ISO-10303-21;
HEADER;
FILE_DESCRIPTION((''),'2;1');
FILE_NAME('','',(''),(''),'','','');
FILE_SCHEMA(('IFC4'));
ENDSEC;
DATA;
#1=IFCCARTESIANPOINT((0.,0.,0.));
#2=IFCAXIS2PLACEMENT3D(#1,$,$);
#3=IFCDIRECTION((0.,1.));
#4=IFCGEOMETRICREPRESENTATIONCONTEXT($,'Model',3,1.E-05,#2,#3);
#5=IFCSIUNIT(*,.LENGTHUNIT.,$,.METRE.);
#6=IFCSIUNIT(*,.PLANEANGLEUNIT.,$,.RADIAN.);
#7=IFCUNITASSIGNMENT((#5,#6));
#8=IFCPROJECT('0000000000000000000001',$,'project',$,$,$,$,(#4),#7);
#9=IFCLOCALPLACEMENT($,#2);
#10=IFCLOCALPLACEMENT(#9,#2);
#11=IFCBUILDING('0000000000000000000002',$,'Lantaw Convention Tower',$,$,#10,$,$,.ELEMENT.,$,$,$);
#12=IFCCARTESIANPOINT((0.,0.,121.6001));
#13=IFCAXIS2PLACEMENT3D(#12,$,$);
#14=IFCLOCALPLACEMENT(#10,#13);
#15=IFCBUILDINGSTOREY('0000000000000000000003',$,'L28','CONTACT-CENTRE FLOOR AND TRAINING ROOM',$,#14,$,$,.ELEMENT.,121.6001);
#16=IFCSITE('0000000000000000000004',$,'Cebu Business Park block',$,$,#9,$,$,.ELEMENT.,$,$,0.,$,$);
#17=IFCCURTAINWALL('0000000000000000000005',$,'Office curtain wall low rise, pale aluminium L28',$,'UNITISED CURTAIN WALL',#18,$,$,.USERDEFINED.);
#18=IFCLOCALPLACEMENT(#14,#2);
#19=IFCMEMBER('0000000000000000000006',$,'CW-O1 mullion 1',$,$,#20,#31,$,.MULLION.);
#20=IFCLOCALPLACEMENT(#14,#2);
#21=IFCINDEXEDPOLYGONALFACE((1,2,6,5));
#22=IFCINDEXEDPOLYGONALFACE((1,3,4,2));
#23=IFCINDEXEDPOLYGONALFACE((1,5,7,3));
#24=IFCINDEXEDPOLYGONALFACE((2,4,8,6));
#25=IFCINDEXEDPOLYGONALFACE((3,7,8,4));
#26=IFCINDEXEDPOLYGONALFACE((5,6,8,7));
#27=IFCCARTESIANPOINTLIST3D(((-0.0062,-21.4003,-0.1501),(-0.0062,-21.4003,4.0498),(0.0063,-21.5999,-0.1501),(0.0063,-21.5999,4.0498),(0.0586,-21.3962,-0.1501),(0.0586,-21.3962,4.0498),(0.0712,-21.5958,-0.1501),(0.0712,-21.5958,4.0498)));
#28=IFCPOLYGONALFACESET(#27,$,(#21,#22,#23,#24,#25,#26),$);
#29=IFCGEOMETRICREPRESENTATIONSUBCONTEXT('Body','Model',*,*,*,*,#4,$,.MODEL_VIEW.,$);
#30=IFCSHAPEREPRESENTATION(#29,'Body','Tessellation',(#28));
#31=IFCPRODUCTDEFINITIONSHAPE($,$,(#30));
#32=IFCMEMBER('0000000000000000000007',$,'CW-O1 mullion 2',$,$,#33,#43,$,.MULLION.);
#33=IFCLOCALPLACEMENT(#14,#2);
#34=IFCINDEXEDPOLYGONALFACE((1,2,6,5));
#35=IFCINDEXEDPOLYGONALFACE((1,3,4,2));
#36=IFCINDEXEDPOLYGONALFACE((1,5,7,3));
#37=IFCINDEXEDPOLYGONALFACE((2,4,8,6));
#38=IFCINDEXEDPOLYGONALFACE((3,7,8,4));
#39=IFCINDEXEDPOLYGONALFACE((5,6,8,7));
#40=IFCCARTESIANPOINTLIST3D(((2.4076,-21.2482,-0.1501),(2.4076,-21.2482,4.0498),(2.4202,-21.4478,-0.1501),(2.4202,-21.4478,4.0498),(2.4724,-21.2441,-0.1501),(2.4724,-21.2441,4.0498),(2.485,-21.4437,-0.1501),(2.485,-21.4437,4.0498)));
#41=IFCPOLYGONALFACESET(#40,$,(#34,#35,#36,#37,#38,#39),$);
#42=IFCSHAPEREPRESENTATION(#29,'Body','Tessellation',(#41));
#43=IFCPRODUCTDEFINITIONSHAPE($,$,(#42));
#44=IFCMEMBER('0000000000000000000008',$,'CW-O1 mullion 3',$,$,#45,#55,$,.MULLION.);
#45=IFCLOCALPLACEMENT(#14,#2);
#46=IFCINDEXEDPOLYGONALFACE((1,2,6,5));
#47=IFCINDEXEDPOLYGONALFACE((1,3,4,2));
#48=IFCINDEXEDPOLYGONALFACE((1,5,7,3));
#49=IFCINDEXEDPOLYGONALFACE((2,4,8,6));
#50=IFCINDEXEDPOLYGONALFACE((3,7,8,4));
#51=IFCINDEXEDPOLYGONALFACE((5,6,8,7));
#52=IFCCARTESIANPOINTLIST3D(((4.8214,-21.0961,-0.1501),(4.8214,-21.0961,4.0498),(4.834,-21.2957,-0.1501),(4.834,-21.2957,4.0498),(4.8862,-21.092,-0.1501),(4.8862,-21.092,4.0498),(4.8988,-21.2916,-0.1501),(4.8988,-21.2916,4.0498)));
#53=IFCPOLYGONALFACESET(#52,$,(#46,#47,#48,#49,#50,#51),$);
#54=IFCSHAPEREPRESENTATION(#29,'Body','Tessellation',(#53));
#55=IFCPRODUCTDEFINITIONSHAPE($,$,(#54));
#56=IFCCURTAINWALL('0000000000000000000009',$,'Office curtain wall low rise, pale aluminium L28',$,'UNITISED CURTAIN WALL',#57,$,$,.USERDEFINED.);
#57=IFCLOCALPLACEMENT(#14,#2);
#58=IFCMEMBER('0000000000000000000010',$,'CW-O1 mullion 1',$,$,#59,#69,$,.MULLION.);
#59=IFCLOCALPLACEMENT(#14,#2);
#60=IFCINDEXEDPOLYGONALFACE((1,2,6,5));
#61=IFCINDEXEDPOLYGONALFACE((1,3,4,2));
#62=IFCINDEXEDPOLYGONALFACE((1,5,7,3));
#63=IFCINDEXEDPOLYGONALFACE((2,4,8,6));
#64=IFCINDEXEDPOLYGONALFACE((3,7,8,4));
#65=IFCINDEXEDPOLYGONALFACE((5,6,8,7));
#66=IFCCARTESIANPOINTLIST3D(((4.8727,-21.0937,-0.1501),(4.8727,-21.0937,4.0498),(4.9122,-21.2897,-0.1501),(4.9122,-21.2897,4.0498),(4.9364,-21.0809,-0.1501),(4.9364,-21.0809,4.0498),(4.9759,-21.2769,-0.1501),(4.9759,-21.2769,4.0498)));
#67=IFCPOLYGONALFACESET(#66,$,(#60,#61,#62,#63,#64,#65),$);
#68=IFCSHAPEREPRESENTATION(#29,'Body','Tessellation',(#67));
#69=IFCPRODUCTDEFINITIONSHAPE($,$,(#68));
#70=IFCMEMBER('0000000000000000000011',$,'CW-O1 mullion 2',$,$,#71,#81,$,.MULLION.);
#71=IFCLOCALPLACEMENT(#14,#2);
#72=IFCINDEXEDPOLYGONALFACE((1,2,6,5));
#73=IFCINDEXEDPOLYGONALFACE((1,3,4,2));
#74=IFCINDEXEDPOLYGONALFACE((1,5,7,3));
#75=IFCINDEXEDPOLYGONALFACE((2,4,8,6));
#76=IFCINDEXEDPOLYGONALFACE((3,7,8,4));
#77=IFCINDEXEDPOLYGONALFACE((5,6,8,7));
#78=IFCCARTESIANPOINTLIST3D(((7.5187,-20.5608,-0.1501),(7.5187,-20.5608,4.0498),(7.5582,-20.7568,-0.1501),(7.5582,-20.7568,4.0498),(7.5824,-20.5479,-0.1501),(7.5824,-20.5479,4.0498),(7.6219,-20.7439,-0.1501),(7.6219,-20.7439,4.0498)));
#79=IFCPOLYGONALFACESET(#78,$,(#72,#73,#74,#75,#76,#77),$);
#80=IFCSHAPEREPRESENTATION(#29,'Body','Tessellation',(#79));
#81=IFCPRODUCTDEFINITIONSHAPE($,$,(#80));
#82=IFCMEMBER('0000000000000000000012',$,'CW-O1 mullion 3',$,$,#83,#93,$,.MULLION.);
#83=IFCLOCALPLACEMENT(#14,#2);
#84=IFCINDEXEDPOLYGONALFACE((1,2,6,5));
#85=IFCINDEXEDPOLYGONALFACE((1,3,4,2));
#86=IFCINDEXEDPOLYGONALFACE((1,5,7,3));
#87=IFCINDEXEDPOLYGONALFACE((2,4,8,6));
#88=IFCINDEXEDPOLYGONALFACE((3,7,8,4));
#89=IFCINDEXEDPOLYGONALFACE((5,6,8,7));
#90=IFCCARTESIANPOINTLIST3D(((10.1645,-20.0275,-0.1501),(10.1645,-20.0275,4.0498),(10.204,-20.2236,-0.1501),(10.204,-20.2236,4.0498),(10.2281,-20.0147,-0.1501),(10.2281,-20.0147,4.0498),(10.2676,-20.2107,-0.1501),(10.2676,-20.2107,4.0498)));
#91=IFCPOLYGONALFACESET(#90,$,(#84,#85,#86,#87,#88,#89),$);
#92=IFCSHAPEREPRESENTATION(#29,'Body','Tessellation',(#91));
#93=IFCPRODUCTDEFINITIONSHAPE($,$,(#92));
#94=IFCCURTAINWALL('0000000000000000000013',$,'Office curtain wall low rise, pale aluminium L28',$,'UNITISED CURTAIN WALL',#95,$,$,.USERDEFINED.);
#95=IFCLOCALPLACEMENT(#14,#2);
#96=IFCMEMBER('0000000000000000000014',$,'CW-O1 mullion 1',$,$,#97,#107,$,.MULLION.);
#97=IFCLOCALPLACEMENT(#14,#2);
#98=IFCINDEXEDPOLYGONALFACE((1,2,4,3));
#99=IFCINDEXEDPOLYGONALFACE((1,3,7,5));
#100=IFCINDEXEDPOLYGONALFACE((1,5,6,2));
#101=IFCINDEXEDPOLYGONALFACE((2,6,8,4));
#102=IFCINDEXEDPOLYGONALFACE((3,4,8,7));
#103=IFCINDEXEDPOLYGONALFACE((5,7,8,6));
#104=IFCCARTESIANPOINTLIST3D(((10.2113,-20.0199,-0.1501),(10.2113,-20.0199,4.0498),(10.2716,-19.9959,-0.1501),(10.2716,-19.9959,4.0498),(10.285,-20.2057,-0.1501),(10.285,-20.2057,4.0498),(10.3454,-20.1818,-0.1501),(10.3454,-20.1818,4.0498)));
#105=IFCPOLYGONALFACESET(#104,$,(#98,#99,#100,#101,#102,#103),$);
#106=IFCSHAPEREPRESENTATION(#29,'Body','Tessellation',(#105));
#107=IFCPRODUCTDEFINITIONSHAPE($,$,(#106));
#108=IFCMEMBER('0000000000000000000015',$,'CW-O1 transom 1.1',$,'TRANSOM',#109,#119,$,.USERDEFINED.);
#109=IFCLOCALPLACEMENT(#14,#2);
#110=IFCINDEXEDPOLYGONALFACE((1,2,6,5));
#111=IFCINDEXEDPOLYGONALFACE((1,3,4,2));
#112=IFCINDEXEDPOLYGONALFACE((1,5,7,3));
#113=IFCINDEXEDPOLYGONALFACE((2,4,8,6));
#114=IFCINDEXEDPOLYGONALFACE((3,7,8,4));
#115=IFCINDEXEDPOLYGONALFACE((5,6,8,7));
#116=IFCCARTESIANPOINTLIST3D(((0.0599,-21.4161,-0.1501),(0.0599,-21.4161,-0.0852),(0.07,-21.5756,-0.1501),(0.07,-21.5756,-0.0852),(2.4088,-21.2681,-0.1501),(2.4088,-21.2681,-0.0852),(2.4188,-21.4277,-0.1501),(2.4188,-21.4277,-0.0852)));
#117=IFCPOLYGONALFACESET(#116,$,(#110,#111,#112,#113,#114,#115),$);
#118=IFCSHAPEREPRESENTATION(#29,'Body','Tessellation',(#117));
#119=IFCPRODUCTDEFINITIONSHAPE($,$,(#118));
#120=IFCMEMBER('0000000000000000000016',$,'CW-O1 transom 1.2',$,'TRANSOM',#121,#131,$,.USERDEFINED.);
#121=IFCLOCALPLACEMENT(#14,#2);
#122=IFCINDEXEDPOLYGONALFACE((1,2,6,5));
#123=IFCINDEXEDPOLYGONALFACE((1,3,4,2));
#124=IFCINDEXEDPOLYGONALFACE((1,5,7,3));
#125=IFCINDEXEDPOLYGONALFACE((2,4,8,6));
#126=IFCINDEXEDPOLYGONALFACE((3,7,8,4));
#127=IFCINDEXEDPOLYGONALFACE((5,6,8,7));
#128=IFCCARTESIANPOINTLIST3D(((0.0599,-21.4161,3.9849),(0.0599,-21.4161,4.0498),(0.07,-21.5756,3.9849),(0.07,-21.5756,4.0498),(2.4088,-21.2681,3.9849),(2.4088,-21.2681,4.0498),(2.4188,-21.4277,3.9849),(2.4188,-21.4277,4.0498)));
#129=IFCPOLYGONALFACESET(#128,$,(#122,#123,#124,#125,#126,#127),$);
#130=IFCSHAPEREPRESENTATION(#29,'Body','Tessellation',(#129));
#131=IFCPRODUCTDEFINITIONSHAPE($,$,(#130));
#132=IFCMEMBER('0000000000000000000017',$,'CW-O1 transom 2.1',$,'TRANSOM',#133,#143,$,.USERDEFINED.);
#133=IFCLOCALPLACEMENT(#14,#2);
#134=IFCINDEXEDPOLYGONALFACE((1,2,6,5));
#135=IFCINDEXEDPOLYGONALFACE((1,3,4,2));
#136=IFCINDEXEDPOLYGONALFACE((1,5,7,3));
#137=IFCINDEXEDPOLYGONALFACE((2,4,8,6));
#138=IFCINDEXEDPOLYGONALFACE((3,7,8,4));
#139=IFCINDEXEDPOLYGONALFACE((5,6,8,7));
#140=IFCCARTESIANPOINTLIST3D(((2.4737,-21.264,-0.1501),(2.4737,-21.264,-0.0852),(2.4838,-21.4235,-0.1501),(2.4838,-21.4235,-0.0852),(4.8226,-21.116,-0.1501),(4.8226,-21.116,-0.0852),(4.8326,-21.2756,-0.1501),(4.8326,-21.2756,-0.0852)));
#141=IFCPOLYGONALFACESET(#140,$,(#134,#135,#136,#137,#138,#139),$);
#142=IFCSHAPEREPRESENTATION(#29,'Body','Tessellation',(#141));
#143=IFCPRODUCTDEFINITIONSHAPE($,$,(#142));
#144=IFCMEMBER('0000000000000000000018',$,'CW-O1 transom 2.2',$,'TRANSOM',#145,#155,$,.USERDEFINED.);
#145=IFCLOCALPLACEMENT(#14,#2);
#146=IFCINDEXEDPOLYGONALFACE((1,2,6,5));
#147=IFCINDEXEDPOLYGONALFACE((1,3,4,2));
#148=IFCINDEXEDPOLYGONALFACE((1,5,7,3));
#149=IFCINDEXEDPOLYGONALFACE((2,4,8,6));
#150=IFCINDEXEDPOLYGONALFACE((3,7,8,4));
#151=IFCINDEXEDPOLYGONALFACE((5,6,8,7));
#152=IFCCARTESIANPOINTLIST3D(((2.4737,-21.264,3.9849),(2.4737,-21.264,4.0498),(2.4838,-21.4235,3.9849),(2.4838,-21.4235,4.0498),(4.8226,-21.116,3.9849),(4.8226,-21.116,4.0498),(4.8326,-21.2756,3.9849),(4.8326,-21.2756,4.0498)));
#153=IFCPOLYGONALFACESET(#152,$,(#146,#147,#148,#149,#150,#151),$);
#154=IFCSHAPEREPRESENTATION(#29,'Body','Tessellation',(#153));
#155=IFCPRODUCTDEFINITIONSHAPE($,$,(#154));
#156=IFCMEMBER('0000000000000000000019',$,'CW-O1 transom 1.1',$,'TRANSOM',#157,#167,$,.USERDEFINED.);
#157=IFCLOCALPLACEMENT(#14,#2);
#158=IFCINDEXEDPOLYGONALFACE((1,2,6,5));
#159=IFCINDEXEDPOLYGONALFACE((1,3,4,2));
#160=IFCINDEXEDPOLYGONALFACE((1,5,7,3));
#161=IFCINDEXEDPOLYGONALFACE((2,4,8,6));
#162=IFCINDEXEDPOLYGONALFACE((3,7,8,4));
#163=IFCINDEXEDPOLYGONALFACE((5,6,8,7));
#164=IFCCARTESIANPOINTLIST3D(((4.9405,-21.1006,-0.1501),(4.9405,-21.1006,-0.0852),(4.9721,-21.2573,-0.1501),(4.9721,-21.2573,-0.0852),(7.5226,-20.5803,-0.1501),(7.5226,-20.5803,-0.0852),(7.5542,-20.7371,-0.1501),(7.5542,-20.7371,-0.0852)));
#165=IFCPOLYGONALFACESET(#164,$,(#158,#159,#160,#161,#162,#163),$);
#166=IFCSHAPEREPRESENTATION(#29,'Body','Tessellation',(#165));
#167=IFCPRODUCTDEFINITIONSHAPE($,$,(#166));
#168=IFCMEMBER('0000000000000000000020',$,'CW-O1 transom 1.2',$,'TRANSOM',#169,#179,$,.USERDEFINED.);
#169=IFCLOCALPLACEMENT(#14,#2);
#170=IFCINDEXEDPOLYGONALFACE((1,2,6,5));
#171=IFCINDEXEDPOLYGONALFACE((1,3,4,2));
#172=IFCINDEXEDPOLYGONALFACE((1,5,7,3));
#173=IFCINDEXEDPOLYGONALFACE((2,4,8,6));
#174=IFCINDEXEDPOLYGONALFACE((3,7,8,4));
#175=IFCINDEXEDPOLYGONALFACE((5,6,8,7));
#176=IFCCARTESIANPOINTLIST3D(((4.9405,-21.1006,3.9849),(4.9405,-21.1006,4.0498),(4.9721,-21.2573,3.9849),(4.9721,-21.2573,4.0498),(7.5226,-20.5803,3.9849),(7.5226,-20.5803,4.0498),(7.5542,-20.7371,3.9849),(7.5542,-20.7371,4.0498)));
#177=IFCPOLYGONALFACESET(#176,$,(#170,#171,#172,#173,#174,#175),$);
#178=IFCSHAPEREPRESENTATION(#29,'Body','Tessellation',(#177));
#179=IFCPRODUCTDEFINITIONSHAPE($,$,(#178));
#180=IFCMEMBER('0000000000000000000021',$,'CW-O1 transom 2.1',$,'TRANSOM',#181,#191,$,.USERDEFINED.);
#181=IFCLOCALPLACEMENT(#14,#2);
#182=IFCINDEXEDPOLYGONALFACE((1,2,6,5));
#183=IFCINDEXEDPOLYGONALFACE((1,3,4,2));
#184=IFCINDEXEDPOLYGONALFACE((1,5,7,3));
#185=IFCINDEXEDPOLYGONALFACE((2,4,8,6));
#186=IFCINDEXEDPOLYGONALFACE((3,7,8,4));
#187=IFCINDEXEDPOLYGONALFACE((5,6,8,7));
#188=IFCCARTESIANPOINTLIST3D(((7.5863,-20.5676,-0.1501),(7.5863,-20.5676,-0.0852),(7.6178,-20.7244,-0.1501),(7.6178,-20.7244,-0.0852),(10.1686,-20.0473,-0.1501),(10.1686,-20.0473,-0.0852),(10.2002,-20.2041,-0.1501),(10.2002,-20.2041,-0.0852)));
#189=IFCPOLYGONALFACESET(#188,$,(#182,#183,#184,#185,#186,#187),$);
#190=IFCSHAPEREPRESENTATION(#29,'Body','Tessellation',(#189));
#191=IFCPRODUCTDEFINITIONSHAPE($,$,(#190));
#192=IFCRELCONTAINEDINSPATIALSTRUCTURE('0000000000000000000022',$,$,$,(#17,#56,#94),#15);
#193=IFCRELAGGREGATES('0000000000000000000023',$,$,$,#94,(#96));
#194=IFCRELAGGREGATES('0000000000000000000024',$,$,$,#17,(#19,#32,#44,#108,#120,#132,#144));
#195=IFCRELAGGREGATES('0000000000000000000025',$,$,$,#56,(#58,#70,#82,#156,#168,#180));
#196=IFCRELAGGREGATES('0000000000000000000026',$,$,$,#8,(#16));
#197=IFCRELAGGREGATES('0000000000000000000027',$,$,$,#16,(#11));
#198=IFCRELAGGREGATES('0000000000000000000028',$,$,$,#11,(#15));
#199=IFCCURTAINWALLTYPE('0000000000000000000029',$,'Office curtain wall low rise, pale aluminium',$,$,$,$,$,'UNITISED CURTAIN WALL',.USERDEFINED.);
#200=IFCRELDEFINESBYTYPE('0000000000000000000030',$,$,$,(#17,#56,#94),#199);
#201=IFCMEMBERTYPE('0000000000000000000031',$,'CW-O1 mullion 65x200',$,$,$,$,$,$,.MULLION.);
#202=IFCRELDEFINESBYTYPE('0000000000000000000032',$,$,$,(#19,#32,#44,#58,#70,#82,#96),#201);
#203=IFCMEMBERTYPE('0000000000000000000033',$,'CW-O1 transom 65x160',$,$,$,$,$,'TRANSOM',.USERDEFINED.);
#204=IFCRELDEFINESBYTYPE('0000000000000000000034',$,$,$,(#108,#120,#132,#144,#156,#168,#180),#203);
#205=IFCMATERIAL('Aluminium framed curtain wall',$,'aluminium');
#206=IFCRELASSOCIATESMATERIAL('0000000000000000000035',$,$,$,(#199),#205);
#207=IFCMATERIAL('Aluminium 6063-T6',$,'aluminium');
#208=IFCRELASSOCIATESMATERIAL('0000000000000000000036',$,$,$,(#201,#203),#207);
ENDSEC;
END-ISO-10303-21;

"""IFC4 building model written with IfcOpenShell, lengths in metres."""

from ifc_helpers import new_model, si_unit, direction, frame, origin, origin_2d, place, context, subcontext, project, spatial, rectangle, extrude, material, material_profile, profile_set, type_object, element, aggregate, save


model = new_model("IFC4")

# Units and contexts
model_context = context("Model", 3, precision=1e-05, world=origin(), true_north=direction((0.0, 1.0)))
body_context = subcontext(model_context, "Body", "Model", "MODEL_VIEW")
ifc_project = project(units=[si_unit("LENGTHUNIT", "METRE"), si_unit("PLANEANGLEUNIT", "RADIAN")], contexts=[model_context])

# Site, building, storey
site_placement = place(None, origin())
site = spatial("IfcSite", under=ifc_project, at=site_placement, Name="Cebu Business Park block", CompositionType="ELEMENT", RefElevation=0.0)
building_placement = place(site_placement, origin())
building = spatial("IfcBuilding", under=site, at=building_placement, Name="Lantaw Convention Tower", CompositionType="ELEMENT")
storey_placement = place(building_placement, frame((0.0, 0.0, 121.6001)))
storey = spatial("IfcBuildingStorey", under=building, at=storey_placement, Name="L28", Description="CONTACT-CENTRE FLOOR AND TRAINING ROOM", CompositionType="ELEMENT", Elevation=121.6001)

# Curtain walls, members
ifc_material_1 = material(Name="Aluminium framed curtain wall", Category="aluminium")
curtain_wall_type = type_object("IfcCurtainWallType", Name="Office curtain wall low rise, pale aluminium", ElementType="UNITISED CURTAIN WALL", PredefinedType="USERDEFINED", material=ifc_material_1)
curtain_wall_1_placement = place(storey_placement, origin())
curtain_wall_1 = element("IfcCurtainWall", 1, at=curtain_wall_1_placement, inside=storey, type_object=curtain_wall_type, Name="Office curtain wall low rise, pale aluminium L28", ObjectType="UNITISED CURTAIN WALL", PredefinedType="USERDEFINED")
ifc_material_2 = material(Name="Aluminium 6063-T6", Category="aluminium")
ifc_material_profile_1 = material_profile(ifc_material_2, rectangle(XDim=0.2, YDim=0.0649, at=origin_2d()), Name="CW-O1 mullion 65x200")
ifc_profile_set_1 = profile_set([ifc_material_profile_1], Name="Aluminium 6063-T6")
member_type_1 = type_object("IfcMemberType", Name="CW-O1 mullion 65x200", PredefinedType="MULLION", material=ifc_profile_set_1)
member_1_placement = place(storey_placement, frame((0.0325, -21.498, -0.1501), z_axis=(0.0, 0.0, 1.0), x_axis=(-0.062865, 0.998022, 0.0)))
member_1 = element("IfcMember", 2, at=member_1_placement, type_object=member_type_1, Name="CW-O1 mullion 1", PredefinedType="MULLION", context=body_context, shape_type="SweptSolid", body=[
    extrude(rectangle(XDim=0.2, YDim=0.0649, at=origin_2d()), origin(), (0.0, 0.0, 1.0), 4.2),
])
member_2_placement = place(storey_placement, frame((2.4463, -21.3459, -0.1501), z_axis=(0.0, 0.0, 1.0), x_axis=(-0.062865, 0.998022, 0.0)))
member_2 = element("IfcMember", 3, at=member_2_placement, type_object=member_type_1, Name="CW-O1 mullion 2", PredefinedType="MULLION", context=body_context, shape_type="SweptSolid", body=[
    extrude(rectangle(XDim=0.2, YDim=0.0649, at=origin_2d()), origin(), (0.0, 0.0, 1.0), 4.2),
])
member_3_placement = place(storey_placement, frame((4.8601, -21.1938, -0.1501), z_axis=(0.0, 0.0, 1.0), x_axis=(-0.062865, 0.998022, 0.0)))
member_3 = element("IfcMember", 4, at=member_3_placement, type_object=member_type_1, Name="CW-O1 mullion 3", PredefinedType="MULLION", context=body_context, shape_type="SweptSolid", body=[
    extrude(rectangle(XDim=0.2, YDim=0.0649, at=origin_2d()), origin(), (0.0, 0.0, 1.0), 4.2),
])
curtain_wall_2_placement = place(storey_placement, origin())
curtain_wall_2 = element("IfcCurtainWall", 5, at=curtain_wall_2_placement, inside=storey, type_object=curtain_wall_type, Name="Office curtain wall low rise, pale aluminium L28", ObjectType="UNITISED CURTAIN WALL", PredefinedType="USERDEFINED")
member_4_placement = place(storey_placement, frame((4.9243, -21.1853, -0.1501), z_axis=(0.0, 0.0, 1.0), x_axis=(-0.197507, 0.980302, 0.0)))
member_4 = element("IfcMember", 6, at=member_4_placement, type_object=member_type_1, Name="CW-O1 mullion 1", PredefinedType="MULLION", context=body_context, shape_type="SweptSolid", body=[
    extrude(rectangle(XDim=0.2, YDim=0.0649, at=origin_2d()), origin(), (0.0, 0.0, 1.0), 4.2),
])
member_5_placement = place(storey_placement, frame((7.5703, -20.6523, -0.1501), z_axis=(0.0, 0.0, 1.0), x_axis=(-0.197507, 0.980302, 0.0)))
member_5 = element("IfcMember", 7, at=member_5_placement, type_object=member_type_1, Name="CW-O1 mullion 2", PredefinedType="MULLION", context=body_context, shape_type="SweptSolid", body=[
    extrude(rectangle(XDim=0.2, YDim=0.0649, at=origin_2d()), origin(), (0.0, 0.0, 1.0), 4.2),
])
member_6_placement = place(storey_placement, frame((10.2161, -20.1191, -0.1501), z_axis=(0.0, 0.0, 1.0), x_axis=(-0.197507, 0.980302, 0.0)))
member_6 = element("IfcMember", 8, at=member_6_placement, type_object=member_type_1, Name="CW-O1 mullion 3", PredefinedType="MULLION", context=body_context, shape_type="SweptSolid", body=[
    extrude(rectangle(XDim=0.2, YDim=0.0649, at=origin_2d()), origin(), (0.0, 0.0, 1.0), 4.2),
])

# Curtain wall, member
curtain_wall_3_placement = place(storey_placement, origin())
curtain_wall_3 = element("IfcCurtainWall", 9, at=curtain_wall_3_placement, inside=storey, type_object=curtain_wall_type, Name="Office curtain wall low rise, pale aluminium L28", ObjectType="UNITISED CURTAIN WALL", PredefinedType="USERDEFINED")
member_7_placement = place(storey_placement, frame((10.2783, -20.1008, -0.1501), z_axis=(0.0, 0.0, 1.0), x_axis=(-0.368702, 0.929548, 0.0)))
member_7 = element("IfcMember", 10, at=member_7_placement, type_object=member_type_1, Name="CW-O1 mullion 1", PredefinedType="MULLION", context=body_context, shape_type="SweptSolid", body=[
    extrude(rectangle(XDim=0.2, YDim=0.0649, at=origin_2d()), origin(), (0.0, 0.0, 1.0), 4.2),
])

# Members
ifc_material_profile_2 = material_profile(ifc_material_2, rectangle(XDim=0.1599, YDim=0.0649, at=origin_2d()), Name="CW-O1 transom 65x160")
ifc_profile_set_2 = profile_set([ifc_material_profile_2], Name="Aluminium 6063-T6")
member_type_2 = type_object("IfcMemberType", Name="CW-O1 transom 65x160", ElementType="TRANSOM", PredefinedType="USERDEFINED", material=ifc_profile_set_2)
member_8_placement = place(storey_placement, frame((0.0649, -21.4958, -0.1177), z_axis=(0.998022, 0.062863, 0.0), x_axis=(-0.062863, 0.998022, 0.0)))
member_8 = element("IfcMember", 11, at=member_8_placement, type_object=member_type_2, Name="CW-O1 transom 1.1", ObjectType="TRANSOM", PredefinedType="USERDEFINED", context=body_context, shape_type="SweptSolid", body=[
    extrude(rectangle(XDim=0.1599, YDim=0.0649, at=origin_2d()), origin(), (0.0, 0.0, 1.0), 2.3535),
])
member_9_placement = place(storey_placement, frame((0.0649, -21.4958, 4.0173), z_axis=(0.998022, 0.062863, 0.0), x_axis=(-0.062863, 0.998022, 0.0)))
member_9 = element("IfcMember", 12, at=member_9_placement, type_object=member_type_2, Name="CW-O1 transom 1.2", ObjectType="TRANSOM", PredefinedType="USERDEFINED", context=body_context, shape_type="SweptSolid", body=[
    extrude(rectangle(XDim=0.1599, YDim=0.0649, at=origin_2d()), origin(), (0.0, 0.0, 1.0), 2.3535),
])
member_10_placement = place(storey_placement, frame((2.4788, -21.3438, -0.1177), z_axis=(0.998022, 0.062863, 0.0), x_axis=(-0.062863, 0.998022, 0.0)))
member_10 = element("IfcMember", 13, at=member_10_placement, type_object=member_type_2, Name="CW-O1 transom 2.1", ObjectType="TRANSOM", PredefinedType="USERDEFINED", context=body_context, shape_type="SweptSolid", body=[
    extrude(rectangle(XDim=0.1599, YDim=0.0649, at=origin_2d()), origin(), (0.0, 0.0, 1.0), 2.3535),
])
member_11_placement = place(storey_placement, frame((2.4788, -21.3438, 4.0173), z_axis=(0.998022, 0.062863, 0.0), x_axis=(-0.062863, 0.998022, 0.0)))
member_11 = element("IfcMember", 14, at=member_11_placement, type_object=member_type_2, Name="CW-O1 transom 2.2", ObjectType="TRANSOM", PredefinedType="USERDEFINED", context=body_context, shape_type="SweptSolid", body=[
    extrude(rectangle(XDim=0.1599, YDim=0.0649, at=origin_2d()), origin(), (0.0, 0.0, 1.0), 2.3535),
])
member_12_placement = place(storey_placement, frame((4.9563, -21.179, -0.1177), z_axis=(0.980298, 0.197524, 0.0), x_axis=(-0.197524, 0.980298, 0.0)))
member_12 = element("IfcMember", 15, at=member_12_placement, type_object=member_type_2, Name="CW-O1 transom 1.1", ObjectType="TRANSOM", PredefinedType="USERDEFINED", context=body_context, shape_type="SweptSolid", body=[
    extrude(rectangle(XDim=0.1599, YDim=0.0649, at=origin_2d()), origin(), (0.0, 0.0, 1.0), 2.634),
])
member_13_placement = place(storey_placement, frame((4.9563, -21.179, 4.0173), z_axis=(0.980298, 0.197524, 0.0), x_axis=(-0.197524, 0.980298, 0.0)))
member_13 = element("IfcMember", 16, at=member_13_placement, type_object=member_type_2, Name="CW-O1 transom 1.2", ObjectType="TRANSOM", PredefinedType="USERDEFINED", context=body_context, shape_type="SweptSolid", body=[
    extrude(rectangle(XDim=0.1599, YDim=0.0649, at=origin_2d()), origin(), (0.0, 0.0, 1.0), 2.634),
])
member_14_placement = place(storey_placement, frame((7.6021, -20.646, -0.1177), z_axis=(0.980302, 0.197506, 0.0), x_axis=(-0.197506, 0.980302, 0.0)))
member_14 = element("IfcMember", 17, at=member_14_placement, type_object=member_type_2, Name="CW-O1 transom 2.1", ObjectType="TRANSOM", PredefinedType="USERDEFINED", context=body_context, shape_type="SweptSolid", body=[
    extrude(rectangle(XDim=0.1599, YDim=0.0649, at=origin_2d()), origin(), (0.0, 0.0, 1.0), 2.6343),
])
aggregate(curtain_wall_3, [member_7])

aggregate(curtain_wall_1, [member_1, member_2, member_3, member_8, member_9, member_10, member_11])
aggregate(curtain_wall_2, [member_4, member_5, member_6, member_12, member_13, member_14])

save(model, "model.ifc")
